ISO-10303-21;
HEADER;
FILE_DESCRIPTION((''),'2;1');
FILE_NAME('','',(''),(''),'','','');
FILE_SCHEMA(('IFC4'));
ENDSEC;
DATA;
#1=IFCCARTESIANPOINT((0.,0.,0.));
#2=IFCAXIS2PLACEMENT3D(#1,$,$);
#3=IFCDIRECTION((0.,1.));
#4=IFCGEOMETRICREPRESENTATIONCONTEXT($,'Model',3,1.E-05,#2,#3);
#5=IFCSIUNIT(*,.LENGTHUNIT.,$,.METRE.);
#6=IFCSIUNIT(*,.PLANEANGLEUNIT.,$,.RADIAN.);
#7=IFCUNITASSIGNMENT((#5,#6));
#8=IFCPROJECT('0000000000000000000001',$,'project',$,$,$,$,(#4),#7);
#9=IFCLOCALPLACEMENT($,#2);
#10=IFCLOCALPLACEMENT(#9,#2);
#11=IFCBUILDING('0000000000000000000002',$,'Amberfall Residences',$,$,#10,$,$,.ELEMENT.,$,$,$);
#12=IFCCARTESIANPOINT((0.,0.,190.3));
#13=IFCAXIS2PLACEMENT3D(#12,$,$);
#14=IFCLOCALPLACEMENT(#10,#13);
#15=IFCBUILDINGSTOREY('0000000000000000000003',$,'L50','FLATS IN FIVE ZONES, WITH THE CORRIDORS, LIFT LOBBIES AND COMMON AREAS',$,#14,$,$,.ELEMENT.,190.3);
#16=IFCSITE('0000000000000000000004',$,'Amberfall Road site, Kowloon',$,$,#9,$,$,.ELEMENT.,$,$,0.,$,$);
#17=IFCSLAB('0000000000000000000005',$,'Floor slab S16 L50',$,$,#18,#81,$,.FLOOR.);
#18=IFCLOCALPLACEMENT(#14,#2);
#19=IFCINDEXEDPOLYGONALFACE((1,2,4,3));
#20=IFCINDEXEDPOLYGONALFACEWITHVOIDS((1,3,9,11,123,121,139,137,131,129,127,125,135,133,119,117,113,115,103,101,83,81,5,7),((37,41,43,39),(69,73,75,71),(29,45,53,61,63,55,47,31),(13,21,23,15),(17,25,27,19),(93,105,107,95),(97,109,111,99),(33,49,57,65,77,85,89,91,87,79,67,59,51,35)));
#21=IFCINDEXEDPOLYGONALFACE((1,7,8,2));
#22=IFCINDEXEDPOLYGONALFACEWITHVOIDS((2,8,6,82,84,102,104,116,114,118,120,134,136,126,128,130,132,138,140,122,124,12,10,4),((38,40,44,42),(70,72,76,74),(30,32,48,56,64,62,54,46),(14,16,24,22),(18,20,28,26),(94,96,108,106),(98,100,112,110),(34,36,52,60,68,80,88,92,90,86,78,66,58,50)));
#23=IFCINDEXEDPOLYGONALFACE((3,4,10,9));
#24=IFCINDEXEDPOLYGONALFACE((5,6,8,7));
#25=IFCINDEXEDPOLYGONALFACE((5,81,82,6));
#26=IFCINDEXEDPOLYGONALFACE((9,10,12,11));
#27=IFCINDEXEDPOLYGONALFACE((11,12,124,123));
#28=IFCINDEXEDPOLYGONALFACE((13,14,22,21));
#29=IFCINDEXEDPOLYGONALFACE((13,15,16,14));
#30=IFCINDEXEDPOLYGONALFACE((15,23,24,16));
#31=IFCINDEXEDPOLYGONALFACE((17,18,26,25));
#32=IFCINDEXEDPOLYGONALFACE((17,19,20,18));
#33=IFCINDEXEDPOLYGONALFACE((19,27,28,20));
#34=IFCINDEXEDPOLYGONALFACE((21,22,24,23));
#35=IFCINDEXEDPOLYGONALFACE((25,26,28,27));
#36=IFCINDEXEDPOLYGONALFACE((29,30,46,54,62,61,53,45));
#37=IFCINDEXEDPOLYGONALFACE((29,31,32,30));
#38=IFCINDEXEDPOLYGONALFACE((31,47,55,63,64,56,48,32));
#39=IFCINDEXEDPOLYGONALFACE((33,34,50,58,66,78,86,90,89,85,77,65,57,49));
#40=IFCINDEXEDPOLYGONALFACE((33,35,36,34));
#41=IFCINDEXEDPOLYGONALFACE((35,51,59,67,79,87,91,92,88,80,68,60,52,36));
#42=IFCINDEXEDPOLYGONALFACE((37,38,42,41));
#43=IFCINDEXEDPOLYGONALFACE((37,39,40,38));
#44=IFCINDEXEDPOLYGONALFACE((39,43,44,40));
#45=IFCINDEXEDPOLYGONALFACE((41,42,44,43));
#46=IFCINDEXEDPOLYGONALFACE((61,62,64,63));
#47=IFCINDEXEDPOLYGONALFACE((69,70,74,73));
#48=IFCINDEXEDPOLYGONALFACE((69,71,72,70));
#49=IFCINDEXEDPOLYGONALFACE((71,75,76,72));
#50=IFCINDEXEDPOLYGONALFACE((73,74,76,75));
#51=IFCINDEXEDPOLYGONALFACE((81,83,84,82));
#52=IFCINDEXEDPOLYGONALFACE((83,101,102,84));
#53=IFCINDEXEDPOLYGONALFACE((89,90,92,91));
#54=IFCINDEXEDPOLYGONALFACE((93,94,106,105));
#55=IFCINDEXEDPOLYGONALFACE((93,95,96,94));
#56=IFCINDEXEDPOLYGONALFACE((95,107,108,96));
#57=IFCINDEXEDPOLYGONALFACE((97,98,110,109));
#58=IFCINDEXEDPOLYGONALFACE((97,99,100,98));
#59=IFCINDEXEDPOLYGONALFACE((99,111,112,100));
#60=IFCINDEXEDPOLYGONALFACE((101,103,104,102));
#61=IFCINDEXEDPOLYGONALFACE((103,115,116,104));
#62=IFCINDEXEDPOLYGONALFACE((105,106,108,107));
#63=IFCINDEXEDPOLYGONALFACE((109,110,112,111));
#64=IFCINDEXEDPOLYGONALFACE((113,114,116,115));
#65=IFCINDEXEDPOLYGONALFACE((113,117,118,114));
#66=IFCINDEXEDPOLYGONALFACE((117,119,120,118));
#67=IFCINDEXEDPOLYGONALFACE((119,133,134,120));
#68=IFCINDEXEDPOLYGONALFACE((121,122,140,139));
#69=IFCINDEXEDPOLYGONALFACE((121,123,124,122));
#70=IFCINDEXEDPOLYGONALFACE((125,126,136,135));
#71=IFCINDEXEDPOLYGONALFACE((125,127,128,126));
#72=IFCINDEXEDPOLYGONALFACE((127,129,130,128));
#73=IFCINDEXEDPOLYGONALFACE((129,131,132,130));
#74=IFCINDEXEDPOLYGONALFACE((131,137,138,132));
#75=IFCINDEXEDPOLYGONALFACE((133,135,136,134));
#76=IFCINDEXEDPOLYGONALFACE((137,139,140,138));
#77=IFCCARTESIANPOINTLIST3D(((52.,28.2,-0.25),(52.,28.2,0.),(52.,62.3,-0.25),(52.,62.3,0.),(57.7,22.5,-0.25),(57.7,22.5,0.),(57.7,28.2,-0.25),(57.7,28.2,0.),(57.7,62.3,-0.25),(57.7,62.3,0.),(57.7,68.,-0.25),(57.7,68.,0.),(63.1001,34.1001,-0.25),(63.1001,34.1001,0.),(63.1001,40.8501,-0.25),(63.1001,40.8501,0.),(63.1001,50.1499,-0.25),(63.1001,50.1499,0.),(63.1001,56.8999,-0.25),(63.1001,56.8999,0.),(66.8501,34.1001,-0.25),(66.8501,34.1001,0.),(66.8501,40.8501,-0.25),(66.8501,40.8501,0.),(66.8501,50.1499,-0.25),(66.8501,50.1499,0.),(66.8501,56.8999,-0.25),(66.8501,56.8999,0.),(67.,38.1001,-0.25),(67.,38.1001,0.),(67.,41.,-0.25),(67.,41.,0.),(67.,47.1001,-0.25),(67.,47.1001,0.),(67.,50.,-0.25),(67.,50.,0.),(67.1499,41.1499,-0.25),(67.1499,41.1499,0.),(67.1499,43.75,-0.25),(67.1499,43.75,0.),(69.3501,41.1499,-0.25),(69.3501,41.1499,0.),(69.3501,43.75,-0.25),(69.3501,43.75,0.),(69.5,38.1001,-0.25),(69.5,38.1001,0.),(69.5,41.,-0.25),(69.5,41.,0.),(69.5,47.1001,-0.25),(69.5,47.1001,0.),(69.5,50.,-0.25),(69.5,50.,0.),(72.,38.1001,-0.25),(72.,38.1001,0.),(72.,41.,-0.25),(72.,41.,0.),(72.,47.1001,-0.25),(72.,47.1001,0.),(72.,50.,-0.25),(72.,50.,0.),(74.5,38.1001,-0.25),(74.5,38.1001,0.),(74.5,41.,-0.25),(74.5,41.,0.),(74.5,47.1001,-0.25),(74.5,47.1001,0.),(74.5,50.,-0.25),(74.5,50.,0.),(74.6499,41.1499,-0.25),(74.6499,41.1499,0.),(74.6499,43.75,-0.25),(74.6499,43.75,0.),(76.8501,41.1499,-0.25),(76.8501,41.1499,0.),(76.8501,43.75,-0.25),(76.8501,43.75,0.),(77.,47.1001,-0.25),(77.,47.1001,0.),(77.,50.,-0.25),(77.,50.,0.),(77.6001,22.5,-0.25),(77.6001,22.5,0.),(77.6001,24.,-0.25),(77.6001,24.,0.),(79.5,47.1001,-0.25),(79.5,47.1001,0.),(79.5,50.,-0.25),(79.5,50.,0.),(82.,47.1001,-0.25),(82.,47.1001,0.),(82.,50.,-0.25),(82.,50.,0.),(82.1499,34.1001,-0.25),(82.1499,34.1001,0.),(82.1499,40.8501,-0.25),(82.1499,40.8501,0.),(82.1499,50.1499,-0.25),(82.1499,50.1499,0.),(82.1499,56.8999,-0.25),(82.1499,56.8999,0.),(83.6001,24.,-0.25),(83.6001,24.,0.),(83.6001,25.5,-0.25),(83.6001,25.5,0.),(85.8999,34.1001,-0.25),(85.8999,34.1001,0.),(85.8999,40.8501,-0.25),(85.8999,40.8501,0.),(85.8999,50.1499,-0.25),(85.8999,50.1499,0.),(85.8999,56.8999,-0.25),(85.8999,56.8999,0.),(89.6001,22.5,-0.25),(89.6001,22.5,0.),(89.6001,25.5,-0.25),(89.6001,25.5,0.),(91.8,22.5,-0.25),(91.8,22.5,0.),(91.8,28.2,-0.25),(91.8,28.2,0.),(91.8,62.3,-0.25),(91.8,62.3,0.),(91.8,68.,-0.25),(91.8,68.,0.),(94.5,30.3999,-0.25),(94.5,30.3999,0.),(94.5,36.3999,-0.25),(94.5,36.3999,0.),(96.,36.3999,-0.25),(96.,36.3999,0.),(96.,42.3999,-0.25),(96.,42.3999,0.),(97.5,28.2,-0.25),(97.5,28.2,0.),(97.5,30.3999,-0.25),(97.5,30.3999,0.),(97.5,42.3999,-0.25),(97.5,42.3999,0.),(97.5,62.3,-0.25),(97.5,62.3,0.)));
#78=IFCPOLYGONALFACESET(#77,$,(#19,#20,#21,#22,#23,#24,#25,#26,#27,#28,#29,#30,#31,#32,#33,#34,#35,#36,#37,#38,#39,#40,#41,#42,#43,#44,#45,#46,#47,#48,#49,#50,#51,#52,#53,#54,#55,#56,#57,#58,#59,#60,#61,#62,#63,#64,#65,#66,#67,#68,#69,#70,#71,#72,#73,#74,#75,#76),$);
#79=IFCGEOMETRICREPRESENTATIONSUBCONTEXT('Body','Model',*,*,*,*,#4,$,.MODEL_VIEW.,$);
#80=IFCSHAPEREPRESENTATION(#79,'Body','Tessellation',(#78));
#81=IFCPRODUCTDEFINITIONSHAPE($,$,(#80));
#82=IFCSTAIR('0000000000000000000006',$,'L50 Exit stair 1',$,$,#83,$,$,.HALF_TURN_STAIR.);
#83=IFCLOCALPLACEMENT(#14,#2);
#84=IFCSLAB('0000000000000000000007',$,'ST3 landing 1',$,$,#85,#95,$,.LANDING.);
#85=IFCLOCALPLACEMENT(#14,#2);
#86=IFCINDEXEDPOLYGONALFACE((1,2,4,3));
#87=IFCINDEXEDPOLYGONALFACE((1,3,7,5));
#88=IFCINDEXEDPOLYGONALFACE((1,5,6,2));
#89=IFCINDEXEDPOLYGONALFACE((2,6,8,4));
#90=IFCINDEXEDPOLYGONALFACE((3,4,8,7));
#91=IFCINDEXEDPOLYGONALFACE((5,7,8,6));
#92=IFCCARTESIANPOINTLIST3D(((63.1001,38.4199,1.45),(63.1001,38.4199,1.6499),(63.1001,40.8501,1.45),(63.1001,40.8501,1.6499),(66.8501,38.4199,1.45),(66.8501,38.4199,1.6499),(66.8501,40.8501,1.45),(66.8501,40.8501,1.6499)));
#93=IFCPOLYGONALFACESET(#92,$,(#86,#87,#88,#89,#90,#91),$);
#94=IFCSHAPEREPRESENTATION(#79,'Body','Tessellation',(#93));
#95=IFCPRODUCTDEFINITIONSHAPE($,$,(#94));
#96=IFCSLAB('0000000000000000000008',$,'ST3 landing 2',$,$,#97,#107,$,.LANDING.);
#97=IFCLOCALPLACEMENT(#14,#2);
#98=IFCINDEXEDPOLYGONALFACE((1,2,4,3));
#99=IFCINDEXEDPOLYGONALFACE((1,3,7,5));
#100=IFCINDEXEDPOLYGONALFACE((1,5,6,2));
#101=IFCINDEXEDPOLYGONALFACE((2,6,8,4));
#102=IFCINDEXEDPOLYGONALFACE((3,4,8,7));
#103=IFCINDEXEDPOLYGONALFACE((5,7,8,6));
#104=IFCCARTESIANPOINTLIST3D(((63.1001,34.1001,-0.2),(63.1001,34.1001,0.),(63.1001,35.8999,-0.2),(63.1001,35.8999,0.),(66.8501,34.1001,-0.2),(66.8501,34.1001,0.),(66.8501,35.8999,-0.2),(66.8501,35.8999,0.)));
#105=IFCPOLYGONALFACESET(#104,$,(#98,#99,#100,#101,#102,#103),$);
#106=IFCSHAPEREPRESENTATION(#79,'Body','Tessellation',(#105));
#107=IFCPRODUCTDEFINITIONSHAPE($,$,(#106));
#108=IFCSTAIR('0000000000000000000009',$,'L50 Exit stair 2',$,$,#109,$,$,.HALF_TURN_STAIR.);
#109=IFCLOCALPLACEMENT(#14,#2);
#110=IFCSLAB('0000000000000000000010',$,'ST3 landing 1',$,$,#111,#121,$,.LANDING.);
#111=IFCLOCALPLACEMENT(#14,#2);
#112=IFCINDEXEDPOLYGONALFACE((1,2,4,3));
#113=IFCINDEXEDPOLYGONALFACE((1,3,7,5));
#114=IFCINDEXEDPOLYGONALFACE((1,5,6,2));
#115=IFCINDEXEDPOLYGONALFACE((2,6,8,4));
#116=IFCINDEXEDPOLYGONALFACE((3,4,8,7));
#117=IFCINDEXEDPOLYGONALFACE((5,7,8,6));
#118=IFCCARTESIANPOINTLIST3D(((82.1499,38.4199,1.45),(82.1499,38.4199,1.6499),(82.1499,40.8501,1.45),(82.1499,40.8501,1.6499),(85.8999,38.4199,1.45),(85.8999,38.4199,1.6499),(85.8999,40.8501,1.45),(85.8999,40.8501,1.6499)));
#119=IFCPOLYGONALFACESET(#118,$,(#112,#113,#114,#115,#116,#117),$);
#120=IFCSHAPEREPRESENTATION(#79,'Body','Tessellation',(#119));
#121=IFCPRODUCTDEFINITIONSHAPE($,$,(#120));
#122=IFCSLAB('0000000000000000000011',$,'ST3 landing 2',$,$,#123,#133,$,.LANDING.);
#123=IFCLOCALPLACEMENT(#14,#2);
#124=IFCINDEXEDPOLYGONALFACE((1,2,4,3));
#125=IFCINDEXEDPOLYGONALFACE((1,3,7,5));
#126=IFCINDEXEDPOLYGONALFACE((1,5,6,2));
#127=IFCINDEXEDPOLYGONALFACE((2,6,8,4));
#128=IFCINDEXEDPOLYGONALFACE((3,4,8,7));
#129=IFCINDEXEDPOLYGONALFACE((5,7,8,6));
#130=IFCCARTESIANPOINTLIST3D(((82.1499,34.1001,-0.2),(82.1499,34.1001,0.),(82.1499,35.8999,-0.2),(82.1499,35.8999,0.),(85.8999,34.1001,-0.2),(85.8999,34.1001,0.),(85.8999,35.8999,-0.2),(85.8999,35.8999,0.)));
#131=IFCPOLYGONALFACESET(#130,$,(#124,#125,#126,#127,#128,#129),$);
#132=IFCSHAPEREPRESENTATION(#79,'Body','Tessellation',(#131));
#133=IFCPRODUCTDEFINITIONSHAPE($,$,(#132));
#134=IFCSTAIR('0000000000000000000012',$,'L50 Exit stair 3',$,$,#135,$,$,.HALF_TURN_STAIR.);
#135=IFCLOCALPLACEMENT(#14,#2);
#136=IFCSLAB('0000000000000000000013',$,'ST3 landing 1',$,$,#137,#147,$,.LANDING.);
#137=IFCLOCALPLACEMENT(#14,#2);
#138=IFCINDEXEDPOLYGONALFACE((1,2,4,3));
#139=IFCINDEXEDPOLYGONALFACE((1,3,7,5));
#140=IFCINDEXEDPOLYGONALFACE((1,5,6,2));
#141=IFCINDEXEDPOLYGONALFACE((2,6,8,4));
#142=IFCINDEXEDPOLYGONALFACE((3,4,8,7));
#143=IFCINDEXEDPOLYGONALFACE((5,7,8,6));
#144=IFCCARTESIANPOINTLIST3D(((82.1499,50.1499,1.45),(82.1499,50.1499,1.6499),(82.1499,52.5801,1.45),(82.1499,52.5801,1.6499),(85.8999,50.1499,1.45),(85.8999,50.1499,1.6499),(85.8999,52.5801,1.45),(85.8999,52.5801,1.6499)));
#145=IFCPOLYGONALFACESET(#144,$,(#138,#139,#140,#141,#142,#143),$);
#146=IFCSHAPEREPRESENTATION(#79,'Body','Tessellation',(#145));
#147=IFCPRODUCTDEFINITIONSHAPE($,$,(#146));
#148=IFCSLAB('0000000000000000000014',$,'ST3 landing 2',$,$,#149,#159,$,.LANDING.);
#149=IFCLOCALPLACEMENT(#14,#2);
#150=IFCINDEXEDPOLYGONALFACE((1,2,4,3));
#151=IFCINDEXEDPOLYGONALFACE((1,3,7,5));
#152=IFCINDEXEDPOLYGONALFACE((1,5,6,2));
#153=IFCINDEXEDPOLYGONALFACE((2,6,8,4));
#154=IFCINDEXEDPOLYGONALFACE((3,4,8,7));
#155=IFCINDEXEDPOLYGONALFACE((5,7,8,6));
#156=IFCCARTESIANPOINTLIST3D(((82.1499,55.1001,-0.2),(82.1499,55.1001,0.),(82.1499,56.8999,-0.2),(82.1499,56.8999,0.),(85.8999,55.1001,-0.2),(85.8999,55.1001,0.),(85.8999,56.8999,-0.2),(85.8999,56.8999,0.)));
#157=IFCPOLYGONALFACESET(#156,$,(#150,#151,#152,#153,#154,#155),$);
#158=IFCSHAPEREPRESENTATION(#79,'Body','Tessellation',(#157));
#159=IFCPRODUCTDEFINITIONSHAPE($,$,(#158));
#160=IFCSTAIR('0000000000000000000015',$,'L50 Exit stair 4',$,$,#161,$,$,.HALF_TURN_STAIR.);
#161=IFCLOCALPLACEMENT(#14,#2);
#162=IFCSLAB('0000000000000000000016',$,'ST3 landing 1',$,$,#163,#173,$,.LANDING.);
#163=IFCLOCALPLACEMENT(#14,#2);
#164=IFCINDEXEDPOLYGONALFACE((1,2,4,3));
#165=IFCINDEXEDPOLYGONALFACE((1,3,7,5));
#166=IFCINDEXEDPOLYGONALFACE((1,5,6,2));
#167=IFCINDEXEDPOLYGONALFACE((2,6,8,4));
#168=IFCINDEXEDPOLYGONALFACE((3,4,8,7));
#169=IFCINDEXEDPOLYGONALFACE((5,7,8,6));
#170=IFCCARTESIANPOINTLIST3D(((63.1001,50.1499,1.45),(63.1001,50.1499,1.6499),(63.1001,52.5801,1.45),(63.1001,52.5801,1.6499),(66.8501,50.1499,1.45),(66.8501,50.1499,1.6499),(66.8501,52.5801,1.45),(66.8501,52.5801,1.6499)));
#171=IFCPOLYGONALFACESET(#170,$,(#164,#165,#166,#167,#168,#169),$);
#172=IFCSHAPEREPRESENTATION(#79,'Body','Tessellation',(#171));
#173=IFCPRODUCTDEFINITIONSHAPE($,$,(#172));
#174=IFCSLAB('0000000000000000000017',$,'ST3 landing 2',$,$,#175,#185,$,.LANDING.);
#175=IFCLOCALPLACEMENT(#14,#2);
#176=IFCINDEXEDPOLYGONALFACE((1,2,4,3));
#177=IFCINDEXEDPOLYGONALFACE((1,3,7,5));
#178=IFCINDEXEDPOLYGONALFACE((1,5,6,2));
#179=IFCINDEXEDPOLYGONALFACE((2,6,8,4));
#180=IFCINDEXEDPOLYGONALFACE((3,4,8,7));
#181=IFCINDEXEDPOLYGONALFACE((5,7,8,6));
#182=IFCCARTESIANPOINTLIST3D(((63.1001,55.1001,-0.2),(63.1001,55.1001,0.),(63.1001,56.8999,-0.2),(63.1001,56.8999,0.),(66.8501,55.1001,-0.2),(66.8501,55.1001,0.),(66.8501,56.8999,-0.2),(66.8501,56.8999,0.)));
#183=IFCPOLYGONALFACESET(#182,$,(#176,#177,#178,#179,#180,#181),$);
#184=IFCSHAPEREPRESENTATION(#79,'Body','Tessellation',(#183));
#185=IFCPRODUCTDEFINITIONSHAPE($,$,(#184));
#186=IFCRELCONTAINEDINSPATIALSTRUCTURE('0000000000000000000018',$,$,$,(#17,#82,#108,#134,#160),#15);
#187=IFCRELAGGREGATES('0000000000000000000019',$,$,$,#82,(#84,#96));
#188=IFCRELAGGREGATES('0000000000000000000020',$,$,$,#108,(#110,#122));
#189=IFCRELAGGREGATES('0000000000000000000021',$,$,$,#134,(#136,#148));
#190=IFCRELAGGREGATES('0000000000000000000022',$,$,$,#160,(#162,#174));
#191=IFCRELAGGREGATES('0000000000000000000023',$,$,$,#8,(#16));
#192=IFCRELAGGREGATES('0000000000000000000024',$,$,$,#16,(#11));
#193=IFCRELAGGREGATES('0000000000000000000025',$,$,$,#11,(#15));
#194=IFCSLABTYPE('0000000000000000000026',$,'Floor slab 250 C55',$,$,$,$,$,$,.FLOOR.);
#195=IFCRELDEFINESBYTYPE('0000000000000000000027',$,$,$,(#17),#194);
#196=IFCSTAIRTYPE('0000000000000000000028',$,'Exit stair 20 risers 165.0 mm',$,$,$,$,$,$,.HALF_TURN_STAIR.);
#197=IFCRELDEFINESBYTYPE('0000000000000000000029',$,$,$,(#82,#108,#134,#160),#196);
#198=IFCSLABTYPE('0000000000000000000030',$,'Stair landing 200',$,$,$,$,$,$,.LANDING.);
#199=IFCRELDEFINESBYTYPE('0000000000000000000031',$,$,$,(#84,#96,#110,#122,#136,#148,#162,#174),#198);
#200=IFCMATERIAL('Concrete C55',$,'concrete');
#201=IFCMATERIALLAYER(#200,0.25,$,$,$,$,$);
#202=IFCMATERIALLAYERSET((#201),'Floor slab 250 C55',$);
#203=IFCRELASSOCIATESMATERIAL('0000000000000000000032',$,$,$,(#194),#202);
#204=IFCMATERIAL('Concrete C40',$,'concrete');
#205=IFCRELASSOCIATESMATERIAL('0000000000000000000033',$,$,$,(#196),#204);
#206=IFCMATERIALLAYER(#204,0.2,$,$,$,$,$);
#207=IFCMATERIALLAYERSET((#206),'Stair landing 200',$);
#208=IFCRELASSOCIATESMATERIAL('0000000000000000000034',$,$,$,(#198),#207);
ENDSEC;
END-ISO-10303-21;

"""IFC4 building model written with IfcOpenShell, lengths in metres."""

from ifc_helpers import new_model, si_unit, direction, frame, origin, place, context, subcontext, project, spatial, polyline, outline, extrude, material, layer, layer_set, type_object, element, aggregate, save


model = new_model("IFC4")

# Units and contexts
model_context = context("Model", 3, precision=1e-05, world=origin(), true_north=direction((0.0, 1.0)))
body_context = subcontext(model_context, "Body", "Model", "MODEL_VIEW")
ifc_project = project(units=[si_unit("LENGTHUNIT", "METRE"), si_unit("PLANEANGLEUNIT", "RADIAN")], contexts=[model_context])

# Site, building, storey
site_placement = place(None, origin())
site = spatial("IfcSite", under=ifc_project, at=site_placement, Name="Amberfall Road site, Kowloon", CompositionType="ELEMENT", RefElevation=0.0)
building_placement = place(site_placement, origin())
building = spatial("IfcBuilding", under=site, at=building_placement, Name="Amberfall Residences", CompositionType="ELEMENT")
storey_placement = place(building_placement, frame((0.0, 0.0, 190.3)))
storey = spatial("IfcBuildingStorey", under=building, at=storey_placement, Name="L50", Description="FLATS IN FIVE ZONES, WITH THE CORRIDORS, LIFT LOBBIES AND COMMON AREAS", CompositionType="ELEMENT", Elevation=190.3)

# Slab
ifc_material_1 = material(Name="Concrete C55", Category="concrete")
ifc_layer_1 = layer(ifc_material_1, 0.25)
ifc_layer_set_1 = layer_set([ifc_layer_1], Name="Floor slab 250 C55")
slab_type_1 = type_object("IfcSlabType", Name="Floor slab 250 C55", PredefinedType="FLOOR", material=ifc_layer_set_1)
slab_1_placement = place(storey_placement, frame((0.0, 0.0, -0.25)))
element("IfcSlab", 1, at=slab_1_placement, inside=storey, type_object=slab_type_1, Name="Floor slab S16 L50", PredefinedType="FLOOR", context=body_context, shape_type="SweptSolid", body=[
    extrude(outline(polyline([(89.6001, 22.5), (89.6001, 25.5), (83.6001, 25.5), (83.6001, 24.0), (77.6001, 24.0), (77.6001, 22.5), (57.7, 22.5), (57.7, 28.2), (52.0, 28.2), (52.0, 62.3), (57.7, 62.3), (57.7, 68.0), (91.8, 68.0), (91.8, 62.3), (97.5, 62.3), (97.5, 42.3999), (96.0, 42.3999), (96.0, 36.3999), (94.5, 36.3999), (94.5, 30.3999), (97.5, 30.3999), (97.5, 28.2), (91.8, 28.2), (91.8, 22.5), (89.6001, 22.5)]), holes=[polyline([(85.8999, 34.1001), (85.8999, 40.8501), (82.1499, 40.8501), (82.1499, 34.1001), (85.8999, 34.1001)]), polyline([(85.8999, 50.1499), (85.8999, 56.8999), (82.1499, 56.8999), (82.1499, 50.1499), (85.8999, 50.1499)]), polyline([(72.0, 50.0), (69.5, 50.0), (67.0, 50.0), (67.0, 47.1001), (69.5, 47.1001), (72.0, 47.1001), (74.5, 47.1001), (77.0, 47.1001), (79.5, 47.1001), (82.0, 47.1001), (82.0, 50.0), (79.5, 50.0), (77.0, 50.0), (74.5, 50.0), (72.0, 50.0)]), polyline([(76.8501, 41.1499), (76.8501, 43.75), (74.6499, 43.75), (74.6499, 41.1499), (76.8501, 41.1499)]), polyline([(69.5, 41.0), (67.0, 41.0), (67.0, 38.1001), (69.5, 38.1001), (72.0, 38.1001), (74.5, 38.1001), (74.5, 41.0), (72.0, 41.0), (69.5, 41.0)]), polyline([(69.3501, 41.1499), (69.3501, 43.75), (67.1499, 43.75), (67.1499, 41.1499), (69.3501, 41.1499)]), polyline([(66.8501, 50.1499), (66.8501, 56.8999), (63.1001, 56.8999), (63.1001, 50.1499), (66.8501, 50.1499)]), polyline([(66.8501, 40.8501), (63.1001, 40.8501), (63.1001, 34.1001), (66.8501, 34.1001), (66.8501, 40.8501)])]), origin(), (0.0, 0.0, 1.0), 0.25),
])

# Stairs, slabs
ifc_material_2 = material(Name="Concrete C40", Category="concrete")
stair_type = type_object("IfcStairType", Name="Exit stair 20 risers 165.0 mm", PredefinedType="HALF_TURN_STAIR", material=ifc_material_2)
stair_1_placement = place(storey_placement, origin())
stair_1 = element("IfcStair", 2, at=stair_1_placement, inside=storey, type_object=stair_type, Name="L50 Exit stair 1", PredefinedType="HALF_TURN_STAIR")
ifc_layer_2 = layer(ifc_material_2, 0.2)
ifc_layer_set_2 = layer_set([ifc_layer_2], Name="Stair landing 200")
slab_type_2 = type_object("IfcSlabType", Name="Stair landing 200", PredefinedType="LANDING", material=ifc_layer_set_2)
slab_2_placement = place(storey_placement, frame((0.0, 0.0, 1.45)))
slab_2 = element("IfcSlab", 3, at=slab_2_placement, type_object=slab_type_2, Name="ST3 landing 1", PredefinedType="LANDING", context=body_context, shape_type="SweptSolid", body=[
    extrude(outline(polyline([(66.8501, 38.4199), (66.8501, 40.8501), (63.1001, 40.8501), (63.1001, 38.4199), (66.8501, 38.4199)])), origin(), (0.0, 0.0, 1.0), 0.2),
])
slab_3_placement = place(storey_placement, frame((0.0, 0.0, -0.2)))
slab_3 = element("IfcSlab", 4, at=slab_3_placement, type_object=slab_type_2, Name="ST3 landing 2", PredefinedType="LANDING", context=body_context, shape_type="SweptSolid", body=[
    extrude(outline(polyline([(66.8501, 34.1001), (66.8501, 35.8999), (63.1001, 35.8999), (63.1001, 34.1001), (66.8501, 34.1001)])), origin(), (0.0, 0.0, 1.0), 0.2),
])
aggregate(stair_1, [slab_2, slab_3])
stair_2_placement = place(storey_placement, origin())
stair_2 = element("IfcStair", 5, at=stair_2_placement, inside=storey, type_object=stair_type, Name="L50 Exit stair 2", PredefinedType="HALF_TURN_STAIR")
slab_4_placement = place(storey_placement, frame((0.0, 0.0, 1.45)))
slab_4 = element("IfcSlab", 6, at=slab_4_placement, type_object=slab_type_2, Name="ST3 landing 1", PredefinedType="LANDING", context=body_context, shape_type="SweptSolid", body=[
    extrude(outline(polyline([(85.8999, 38.4199), (85.8999, 40.8501), (82.1499, 40.8501), (82.1499, 38.4199), (85.8999, 38.4199)])), origin(), (0.0, 0.0, 1.0), 0.2),
])
slab_5_placement = place(storey_placement, frame((0.0, 0.0, -0.2)))
slab_5 = element("IfcSlab", 7, at=slab_5_placement, type_object=slab_type_2, Name="ST3 landing 2", PredefinedType="LANDING", context=body_context, shape_type="SweptSolid", body=[
    extrude(outline(polyline([(85.8999, 34.1001), (85.8999, 35.8999), (82.1499, 35.8999), (82.1499, 34.1001), (85.8999, 34.1001)])), origin(), (0.0, 0.0, 1.0), 0.2),
])
aggregate(stair_2, [slab_4, slab_5])
stair_3_placement = place(storey_placement, origin())
stair_3 = element("IfcStair", 8, at=stair_3_placement, inside=storey, type_object=stair_type, Name="L50 Exit stair 3", PredefinedType="HALF_TURN_STAIR")
slab_6_placement = place(storey_placement, frame((0.0, 0.0, 1.45)))
slab_6 = element("IfcSlab", 9, at=slab_6_placement, type_object=slab_type_2, Name="ST3 landing 1", PredefinedType="LANDING", context=body_context, shape_type="SweptSolid", body=[
    extrude(outline(polyline([(82.1499, 52.5801), (82.1499, 50.1499), (85.8999, 50.1499), (85.8999, 52.5801), (82.1499, 52.5801)])), origin(), (0.0, 0.0, 1.0), 0.2),
])
slab_7_placement = place(storey_placement, frame((0.0, 0.0, -0.2)))
slab_7 = element("IfcSlab", 10, at=slab_7_placement, type_object=slab_type_2, Name="ST3 landing 2", PredefinedType="LANDING", context=body_context, shape_type="SweptSolid", body=[
    extrude(outline(polyline([(82.1499, 56.8999), (82.1499, 55.1001), (85.8999, 55.1001), (85.8999, 56.8999), (82.1499, 56.8999)])), origin(), (0.0, 0.0, 1.0), 0.2),
])
aggregate(stair_3, [slab_6, slab_7])
stair_4_placement = place(storey_placement, origin())
stair_4 = element("IfcStair", 11, at=stair_4_placement, inside=storey, type_object=stair_type, Name="L50 Exit stair 4", PredefinedType="HALF_TURN_STAIR")
slab_8_placement = place(storey_placement, frame((0.0, 0.0, 1.45)))
slab_8 = element("IfcSlab", 12, at=slab_8_placement, type_object=slab_type_2, Name="ST3 landing 1", PredefinedType="LANDING", context=body_context, shape_type="SweptSolid", body=[
    extrude(outline(polyline([(63.1001, 52.5801), (63.1001, 50.1499), (66.8501, 50.1499), (66.8501, 52.5801), (63.1001, 52.5801)])), origin(), (0.0, 0.0, 1.0), 0.2),
])
slab_9_placement = place(storey_placement, frame((0.0, 0.0, -0.2)))
slab_9 = element("IfcSlab", 13, at=slab_9_placement, type_object=slab_type_2, Name="ST3 landing 2", PredefinedType="LANDING", context=body_context, shape_type="SweptSolid", body=[
    extrude(outline(polyline([(63.1001, 56.8999), (63.1001, 55.1001), (66.8501, 55.1001), (66.8501, 56.8999), (63.1001, 56.8999)])), origin(), (0.0, 0.0, 1.0), 0.2),
])
aggregate(stair_4, [slab_8, slab_9])

save(model, "model.ifc")
